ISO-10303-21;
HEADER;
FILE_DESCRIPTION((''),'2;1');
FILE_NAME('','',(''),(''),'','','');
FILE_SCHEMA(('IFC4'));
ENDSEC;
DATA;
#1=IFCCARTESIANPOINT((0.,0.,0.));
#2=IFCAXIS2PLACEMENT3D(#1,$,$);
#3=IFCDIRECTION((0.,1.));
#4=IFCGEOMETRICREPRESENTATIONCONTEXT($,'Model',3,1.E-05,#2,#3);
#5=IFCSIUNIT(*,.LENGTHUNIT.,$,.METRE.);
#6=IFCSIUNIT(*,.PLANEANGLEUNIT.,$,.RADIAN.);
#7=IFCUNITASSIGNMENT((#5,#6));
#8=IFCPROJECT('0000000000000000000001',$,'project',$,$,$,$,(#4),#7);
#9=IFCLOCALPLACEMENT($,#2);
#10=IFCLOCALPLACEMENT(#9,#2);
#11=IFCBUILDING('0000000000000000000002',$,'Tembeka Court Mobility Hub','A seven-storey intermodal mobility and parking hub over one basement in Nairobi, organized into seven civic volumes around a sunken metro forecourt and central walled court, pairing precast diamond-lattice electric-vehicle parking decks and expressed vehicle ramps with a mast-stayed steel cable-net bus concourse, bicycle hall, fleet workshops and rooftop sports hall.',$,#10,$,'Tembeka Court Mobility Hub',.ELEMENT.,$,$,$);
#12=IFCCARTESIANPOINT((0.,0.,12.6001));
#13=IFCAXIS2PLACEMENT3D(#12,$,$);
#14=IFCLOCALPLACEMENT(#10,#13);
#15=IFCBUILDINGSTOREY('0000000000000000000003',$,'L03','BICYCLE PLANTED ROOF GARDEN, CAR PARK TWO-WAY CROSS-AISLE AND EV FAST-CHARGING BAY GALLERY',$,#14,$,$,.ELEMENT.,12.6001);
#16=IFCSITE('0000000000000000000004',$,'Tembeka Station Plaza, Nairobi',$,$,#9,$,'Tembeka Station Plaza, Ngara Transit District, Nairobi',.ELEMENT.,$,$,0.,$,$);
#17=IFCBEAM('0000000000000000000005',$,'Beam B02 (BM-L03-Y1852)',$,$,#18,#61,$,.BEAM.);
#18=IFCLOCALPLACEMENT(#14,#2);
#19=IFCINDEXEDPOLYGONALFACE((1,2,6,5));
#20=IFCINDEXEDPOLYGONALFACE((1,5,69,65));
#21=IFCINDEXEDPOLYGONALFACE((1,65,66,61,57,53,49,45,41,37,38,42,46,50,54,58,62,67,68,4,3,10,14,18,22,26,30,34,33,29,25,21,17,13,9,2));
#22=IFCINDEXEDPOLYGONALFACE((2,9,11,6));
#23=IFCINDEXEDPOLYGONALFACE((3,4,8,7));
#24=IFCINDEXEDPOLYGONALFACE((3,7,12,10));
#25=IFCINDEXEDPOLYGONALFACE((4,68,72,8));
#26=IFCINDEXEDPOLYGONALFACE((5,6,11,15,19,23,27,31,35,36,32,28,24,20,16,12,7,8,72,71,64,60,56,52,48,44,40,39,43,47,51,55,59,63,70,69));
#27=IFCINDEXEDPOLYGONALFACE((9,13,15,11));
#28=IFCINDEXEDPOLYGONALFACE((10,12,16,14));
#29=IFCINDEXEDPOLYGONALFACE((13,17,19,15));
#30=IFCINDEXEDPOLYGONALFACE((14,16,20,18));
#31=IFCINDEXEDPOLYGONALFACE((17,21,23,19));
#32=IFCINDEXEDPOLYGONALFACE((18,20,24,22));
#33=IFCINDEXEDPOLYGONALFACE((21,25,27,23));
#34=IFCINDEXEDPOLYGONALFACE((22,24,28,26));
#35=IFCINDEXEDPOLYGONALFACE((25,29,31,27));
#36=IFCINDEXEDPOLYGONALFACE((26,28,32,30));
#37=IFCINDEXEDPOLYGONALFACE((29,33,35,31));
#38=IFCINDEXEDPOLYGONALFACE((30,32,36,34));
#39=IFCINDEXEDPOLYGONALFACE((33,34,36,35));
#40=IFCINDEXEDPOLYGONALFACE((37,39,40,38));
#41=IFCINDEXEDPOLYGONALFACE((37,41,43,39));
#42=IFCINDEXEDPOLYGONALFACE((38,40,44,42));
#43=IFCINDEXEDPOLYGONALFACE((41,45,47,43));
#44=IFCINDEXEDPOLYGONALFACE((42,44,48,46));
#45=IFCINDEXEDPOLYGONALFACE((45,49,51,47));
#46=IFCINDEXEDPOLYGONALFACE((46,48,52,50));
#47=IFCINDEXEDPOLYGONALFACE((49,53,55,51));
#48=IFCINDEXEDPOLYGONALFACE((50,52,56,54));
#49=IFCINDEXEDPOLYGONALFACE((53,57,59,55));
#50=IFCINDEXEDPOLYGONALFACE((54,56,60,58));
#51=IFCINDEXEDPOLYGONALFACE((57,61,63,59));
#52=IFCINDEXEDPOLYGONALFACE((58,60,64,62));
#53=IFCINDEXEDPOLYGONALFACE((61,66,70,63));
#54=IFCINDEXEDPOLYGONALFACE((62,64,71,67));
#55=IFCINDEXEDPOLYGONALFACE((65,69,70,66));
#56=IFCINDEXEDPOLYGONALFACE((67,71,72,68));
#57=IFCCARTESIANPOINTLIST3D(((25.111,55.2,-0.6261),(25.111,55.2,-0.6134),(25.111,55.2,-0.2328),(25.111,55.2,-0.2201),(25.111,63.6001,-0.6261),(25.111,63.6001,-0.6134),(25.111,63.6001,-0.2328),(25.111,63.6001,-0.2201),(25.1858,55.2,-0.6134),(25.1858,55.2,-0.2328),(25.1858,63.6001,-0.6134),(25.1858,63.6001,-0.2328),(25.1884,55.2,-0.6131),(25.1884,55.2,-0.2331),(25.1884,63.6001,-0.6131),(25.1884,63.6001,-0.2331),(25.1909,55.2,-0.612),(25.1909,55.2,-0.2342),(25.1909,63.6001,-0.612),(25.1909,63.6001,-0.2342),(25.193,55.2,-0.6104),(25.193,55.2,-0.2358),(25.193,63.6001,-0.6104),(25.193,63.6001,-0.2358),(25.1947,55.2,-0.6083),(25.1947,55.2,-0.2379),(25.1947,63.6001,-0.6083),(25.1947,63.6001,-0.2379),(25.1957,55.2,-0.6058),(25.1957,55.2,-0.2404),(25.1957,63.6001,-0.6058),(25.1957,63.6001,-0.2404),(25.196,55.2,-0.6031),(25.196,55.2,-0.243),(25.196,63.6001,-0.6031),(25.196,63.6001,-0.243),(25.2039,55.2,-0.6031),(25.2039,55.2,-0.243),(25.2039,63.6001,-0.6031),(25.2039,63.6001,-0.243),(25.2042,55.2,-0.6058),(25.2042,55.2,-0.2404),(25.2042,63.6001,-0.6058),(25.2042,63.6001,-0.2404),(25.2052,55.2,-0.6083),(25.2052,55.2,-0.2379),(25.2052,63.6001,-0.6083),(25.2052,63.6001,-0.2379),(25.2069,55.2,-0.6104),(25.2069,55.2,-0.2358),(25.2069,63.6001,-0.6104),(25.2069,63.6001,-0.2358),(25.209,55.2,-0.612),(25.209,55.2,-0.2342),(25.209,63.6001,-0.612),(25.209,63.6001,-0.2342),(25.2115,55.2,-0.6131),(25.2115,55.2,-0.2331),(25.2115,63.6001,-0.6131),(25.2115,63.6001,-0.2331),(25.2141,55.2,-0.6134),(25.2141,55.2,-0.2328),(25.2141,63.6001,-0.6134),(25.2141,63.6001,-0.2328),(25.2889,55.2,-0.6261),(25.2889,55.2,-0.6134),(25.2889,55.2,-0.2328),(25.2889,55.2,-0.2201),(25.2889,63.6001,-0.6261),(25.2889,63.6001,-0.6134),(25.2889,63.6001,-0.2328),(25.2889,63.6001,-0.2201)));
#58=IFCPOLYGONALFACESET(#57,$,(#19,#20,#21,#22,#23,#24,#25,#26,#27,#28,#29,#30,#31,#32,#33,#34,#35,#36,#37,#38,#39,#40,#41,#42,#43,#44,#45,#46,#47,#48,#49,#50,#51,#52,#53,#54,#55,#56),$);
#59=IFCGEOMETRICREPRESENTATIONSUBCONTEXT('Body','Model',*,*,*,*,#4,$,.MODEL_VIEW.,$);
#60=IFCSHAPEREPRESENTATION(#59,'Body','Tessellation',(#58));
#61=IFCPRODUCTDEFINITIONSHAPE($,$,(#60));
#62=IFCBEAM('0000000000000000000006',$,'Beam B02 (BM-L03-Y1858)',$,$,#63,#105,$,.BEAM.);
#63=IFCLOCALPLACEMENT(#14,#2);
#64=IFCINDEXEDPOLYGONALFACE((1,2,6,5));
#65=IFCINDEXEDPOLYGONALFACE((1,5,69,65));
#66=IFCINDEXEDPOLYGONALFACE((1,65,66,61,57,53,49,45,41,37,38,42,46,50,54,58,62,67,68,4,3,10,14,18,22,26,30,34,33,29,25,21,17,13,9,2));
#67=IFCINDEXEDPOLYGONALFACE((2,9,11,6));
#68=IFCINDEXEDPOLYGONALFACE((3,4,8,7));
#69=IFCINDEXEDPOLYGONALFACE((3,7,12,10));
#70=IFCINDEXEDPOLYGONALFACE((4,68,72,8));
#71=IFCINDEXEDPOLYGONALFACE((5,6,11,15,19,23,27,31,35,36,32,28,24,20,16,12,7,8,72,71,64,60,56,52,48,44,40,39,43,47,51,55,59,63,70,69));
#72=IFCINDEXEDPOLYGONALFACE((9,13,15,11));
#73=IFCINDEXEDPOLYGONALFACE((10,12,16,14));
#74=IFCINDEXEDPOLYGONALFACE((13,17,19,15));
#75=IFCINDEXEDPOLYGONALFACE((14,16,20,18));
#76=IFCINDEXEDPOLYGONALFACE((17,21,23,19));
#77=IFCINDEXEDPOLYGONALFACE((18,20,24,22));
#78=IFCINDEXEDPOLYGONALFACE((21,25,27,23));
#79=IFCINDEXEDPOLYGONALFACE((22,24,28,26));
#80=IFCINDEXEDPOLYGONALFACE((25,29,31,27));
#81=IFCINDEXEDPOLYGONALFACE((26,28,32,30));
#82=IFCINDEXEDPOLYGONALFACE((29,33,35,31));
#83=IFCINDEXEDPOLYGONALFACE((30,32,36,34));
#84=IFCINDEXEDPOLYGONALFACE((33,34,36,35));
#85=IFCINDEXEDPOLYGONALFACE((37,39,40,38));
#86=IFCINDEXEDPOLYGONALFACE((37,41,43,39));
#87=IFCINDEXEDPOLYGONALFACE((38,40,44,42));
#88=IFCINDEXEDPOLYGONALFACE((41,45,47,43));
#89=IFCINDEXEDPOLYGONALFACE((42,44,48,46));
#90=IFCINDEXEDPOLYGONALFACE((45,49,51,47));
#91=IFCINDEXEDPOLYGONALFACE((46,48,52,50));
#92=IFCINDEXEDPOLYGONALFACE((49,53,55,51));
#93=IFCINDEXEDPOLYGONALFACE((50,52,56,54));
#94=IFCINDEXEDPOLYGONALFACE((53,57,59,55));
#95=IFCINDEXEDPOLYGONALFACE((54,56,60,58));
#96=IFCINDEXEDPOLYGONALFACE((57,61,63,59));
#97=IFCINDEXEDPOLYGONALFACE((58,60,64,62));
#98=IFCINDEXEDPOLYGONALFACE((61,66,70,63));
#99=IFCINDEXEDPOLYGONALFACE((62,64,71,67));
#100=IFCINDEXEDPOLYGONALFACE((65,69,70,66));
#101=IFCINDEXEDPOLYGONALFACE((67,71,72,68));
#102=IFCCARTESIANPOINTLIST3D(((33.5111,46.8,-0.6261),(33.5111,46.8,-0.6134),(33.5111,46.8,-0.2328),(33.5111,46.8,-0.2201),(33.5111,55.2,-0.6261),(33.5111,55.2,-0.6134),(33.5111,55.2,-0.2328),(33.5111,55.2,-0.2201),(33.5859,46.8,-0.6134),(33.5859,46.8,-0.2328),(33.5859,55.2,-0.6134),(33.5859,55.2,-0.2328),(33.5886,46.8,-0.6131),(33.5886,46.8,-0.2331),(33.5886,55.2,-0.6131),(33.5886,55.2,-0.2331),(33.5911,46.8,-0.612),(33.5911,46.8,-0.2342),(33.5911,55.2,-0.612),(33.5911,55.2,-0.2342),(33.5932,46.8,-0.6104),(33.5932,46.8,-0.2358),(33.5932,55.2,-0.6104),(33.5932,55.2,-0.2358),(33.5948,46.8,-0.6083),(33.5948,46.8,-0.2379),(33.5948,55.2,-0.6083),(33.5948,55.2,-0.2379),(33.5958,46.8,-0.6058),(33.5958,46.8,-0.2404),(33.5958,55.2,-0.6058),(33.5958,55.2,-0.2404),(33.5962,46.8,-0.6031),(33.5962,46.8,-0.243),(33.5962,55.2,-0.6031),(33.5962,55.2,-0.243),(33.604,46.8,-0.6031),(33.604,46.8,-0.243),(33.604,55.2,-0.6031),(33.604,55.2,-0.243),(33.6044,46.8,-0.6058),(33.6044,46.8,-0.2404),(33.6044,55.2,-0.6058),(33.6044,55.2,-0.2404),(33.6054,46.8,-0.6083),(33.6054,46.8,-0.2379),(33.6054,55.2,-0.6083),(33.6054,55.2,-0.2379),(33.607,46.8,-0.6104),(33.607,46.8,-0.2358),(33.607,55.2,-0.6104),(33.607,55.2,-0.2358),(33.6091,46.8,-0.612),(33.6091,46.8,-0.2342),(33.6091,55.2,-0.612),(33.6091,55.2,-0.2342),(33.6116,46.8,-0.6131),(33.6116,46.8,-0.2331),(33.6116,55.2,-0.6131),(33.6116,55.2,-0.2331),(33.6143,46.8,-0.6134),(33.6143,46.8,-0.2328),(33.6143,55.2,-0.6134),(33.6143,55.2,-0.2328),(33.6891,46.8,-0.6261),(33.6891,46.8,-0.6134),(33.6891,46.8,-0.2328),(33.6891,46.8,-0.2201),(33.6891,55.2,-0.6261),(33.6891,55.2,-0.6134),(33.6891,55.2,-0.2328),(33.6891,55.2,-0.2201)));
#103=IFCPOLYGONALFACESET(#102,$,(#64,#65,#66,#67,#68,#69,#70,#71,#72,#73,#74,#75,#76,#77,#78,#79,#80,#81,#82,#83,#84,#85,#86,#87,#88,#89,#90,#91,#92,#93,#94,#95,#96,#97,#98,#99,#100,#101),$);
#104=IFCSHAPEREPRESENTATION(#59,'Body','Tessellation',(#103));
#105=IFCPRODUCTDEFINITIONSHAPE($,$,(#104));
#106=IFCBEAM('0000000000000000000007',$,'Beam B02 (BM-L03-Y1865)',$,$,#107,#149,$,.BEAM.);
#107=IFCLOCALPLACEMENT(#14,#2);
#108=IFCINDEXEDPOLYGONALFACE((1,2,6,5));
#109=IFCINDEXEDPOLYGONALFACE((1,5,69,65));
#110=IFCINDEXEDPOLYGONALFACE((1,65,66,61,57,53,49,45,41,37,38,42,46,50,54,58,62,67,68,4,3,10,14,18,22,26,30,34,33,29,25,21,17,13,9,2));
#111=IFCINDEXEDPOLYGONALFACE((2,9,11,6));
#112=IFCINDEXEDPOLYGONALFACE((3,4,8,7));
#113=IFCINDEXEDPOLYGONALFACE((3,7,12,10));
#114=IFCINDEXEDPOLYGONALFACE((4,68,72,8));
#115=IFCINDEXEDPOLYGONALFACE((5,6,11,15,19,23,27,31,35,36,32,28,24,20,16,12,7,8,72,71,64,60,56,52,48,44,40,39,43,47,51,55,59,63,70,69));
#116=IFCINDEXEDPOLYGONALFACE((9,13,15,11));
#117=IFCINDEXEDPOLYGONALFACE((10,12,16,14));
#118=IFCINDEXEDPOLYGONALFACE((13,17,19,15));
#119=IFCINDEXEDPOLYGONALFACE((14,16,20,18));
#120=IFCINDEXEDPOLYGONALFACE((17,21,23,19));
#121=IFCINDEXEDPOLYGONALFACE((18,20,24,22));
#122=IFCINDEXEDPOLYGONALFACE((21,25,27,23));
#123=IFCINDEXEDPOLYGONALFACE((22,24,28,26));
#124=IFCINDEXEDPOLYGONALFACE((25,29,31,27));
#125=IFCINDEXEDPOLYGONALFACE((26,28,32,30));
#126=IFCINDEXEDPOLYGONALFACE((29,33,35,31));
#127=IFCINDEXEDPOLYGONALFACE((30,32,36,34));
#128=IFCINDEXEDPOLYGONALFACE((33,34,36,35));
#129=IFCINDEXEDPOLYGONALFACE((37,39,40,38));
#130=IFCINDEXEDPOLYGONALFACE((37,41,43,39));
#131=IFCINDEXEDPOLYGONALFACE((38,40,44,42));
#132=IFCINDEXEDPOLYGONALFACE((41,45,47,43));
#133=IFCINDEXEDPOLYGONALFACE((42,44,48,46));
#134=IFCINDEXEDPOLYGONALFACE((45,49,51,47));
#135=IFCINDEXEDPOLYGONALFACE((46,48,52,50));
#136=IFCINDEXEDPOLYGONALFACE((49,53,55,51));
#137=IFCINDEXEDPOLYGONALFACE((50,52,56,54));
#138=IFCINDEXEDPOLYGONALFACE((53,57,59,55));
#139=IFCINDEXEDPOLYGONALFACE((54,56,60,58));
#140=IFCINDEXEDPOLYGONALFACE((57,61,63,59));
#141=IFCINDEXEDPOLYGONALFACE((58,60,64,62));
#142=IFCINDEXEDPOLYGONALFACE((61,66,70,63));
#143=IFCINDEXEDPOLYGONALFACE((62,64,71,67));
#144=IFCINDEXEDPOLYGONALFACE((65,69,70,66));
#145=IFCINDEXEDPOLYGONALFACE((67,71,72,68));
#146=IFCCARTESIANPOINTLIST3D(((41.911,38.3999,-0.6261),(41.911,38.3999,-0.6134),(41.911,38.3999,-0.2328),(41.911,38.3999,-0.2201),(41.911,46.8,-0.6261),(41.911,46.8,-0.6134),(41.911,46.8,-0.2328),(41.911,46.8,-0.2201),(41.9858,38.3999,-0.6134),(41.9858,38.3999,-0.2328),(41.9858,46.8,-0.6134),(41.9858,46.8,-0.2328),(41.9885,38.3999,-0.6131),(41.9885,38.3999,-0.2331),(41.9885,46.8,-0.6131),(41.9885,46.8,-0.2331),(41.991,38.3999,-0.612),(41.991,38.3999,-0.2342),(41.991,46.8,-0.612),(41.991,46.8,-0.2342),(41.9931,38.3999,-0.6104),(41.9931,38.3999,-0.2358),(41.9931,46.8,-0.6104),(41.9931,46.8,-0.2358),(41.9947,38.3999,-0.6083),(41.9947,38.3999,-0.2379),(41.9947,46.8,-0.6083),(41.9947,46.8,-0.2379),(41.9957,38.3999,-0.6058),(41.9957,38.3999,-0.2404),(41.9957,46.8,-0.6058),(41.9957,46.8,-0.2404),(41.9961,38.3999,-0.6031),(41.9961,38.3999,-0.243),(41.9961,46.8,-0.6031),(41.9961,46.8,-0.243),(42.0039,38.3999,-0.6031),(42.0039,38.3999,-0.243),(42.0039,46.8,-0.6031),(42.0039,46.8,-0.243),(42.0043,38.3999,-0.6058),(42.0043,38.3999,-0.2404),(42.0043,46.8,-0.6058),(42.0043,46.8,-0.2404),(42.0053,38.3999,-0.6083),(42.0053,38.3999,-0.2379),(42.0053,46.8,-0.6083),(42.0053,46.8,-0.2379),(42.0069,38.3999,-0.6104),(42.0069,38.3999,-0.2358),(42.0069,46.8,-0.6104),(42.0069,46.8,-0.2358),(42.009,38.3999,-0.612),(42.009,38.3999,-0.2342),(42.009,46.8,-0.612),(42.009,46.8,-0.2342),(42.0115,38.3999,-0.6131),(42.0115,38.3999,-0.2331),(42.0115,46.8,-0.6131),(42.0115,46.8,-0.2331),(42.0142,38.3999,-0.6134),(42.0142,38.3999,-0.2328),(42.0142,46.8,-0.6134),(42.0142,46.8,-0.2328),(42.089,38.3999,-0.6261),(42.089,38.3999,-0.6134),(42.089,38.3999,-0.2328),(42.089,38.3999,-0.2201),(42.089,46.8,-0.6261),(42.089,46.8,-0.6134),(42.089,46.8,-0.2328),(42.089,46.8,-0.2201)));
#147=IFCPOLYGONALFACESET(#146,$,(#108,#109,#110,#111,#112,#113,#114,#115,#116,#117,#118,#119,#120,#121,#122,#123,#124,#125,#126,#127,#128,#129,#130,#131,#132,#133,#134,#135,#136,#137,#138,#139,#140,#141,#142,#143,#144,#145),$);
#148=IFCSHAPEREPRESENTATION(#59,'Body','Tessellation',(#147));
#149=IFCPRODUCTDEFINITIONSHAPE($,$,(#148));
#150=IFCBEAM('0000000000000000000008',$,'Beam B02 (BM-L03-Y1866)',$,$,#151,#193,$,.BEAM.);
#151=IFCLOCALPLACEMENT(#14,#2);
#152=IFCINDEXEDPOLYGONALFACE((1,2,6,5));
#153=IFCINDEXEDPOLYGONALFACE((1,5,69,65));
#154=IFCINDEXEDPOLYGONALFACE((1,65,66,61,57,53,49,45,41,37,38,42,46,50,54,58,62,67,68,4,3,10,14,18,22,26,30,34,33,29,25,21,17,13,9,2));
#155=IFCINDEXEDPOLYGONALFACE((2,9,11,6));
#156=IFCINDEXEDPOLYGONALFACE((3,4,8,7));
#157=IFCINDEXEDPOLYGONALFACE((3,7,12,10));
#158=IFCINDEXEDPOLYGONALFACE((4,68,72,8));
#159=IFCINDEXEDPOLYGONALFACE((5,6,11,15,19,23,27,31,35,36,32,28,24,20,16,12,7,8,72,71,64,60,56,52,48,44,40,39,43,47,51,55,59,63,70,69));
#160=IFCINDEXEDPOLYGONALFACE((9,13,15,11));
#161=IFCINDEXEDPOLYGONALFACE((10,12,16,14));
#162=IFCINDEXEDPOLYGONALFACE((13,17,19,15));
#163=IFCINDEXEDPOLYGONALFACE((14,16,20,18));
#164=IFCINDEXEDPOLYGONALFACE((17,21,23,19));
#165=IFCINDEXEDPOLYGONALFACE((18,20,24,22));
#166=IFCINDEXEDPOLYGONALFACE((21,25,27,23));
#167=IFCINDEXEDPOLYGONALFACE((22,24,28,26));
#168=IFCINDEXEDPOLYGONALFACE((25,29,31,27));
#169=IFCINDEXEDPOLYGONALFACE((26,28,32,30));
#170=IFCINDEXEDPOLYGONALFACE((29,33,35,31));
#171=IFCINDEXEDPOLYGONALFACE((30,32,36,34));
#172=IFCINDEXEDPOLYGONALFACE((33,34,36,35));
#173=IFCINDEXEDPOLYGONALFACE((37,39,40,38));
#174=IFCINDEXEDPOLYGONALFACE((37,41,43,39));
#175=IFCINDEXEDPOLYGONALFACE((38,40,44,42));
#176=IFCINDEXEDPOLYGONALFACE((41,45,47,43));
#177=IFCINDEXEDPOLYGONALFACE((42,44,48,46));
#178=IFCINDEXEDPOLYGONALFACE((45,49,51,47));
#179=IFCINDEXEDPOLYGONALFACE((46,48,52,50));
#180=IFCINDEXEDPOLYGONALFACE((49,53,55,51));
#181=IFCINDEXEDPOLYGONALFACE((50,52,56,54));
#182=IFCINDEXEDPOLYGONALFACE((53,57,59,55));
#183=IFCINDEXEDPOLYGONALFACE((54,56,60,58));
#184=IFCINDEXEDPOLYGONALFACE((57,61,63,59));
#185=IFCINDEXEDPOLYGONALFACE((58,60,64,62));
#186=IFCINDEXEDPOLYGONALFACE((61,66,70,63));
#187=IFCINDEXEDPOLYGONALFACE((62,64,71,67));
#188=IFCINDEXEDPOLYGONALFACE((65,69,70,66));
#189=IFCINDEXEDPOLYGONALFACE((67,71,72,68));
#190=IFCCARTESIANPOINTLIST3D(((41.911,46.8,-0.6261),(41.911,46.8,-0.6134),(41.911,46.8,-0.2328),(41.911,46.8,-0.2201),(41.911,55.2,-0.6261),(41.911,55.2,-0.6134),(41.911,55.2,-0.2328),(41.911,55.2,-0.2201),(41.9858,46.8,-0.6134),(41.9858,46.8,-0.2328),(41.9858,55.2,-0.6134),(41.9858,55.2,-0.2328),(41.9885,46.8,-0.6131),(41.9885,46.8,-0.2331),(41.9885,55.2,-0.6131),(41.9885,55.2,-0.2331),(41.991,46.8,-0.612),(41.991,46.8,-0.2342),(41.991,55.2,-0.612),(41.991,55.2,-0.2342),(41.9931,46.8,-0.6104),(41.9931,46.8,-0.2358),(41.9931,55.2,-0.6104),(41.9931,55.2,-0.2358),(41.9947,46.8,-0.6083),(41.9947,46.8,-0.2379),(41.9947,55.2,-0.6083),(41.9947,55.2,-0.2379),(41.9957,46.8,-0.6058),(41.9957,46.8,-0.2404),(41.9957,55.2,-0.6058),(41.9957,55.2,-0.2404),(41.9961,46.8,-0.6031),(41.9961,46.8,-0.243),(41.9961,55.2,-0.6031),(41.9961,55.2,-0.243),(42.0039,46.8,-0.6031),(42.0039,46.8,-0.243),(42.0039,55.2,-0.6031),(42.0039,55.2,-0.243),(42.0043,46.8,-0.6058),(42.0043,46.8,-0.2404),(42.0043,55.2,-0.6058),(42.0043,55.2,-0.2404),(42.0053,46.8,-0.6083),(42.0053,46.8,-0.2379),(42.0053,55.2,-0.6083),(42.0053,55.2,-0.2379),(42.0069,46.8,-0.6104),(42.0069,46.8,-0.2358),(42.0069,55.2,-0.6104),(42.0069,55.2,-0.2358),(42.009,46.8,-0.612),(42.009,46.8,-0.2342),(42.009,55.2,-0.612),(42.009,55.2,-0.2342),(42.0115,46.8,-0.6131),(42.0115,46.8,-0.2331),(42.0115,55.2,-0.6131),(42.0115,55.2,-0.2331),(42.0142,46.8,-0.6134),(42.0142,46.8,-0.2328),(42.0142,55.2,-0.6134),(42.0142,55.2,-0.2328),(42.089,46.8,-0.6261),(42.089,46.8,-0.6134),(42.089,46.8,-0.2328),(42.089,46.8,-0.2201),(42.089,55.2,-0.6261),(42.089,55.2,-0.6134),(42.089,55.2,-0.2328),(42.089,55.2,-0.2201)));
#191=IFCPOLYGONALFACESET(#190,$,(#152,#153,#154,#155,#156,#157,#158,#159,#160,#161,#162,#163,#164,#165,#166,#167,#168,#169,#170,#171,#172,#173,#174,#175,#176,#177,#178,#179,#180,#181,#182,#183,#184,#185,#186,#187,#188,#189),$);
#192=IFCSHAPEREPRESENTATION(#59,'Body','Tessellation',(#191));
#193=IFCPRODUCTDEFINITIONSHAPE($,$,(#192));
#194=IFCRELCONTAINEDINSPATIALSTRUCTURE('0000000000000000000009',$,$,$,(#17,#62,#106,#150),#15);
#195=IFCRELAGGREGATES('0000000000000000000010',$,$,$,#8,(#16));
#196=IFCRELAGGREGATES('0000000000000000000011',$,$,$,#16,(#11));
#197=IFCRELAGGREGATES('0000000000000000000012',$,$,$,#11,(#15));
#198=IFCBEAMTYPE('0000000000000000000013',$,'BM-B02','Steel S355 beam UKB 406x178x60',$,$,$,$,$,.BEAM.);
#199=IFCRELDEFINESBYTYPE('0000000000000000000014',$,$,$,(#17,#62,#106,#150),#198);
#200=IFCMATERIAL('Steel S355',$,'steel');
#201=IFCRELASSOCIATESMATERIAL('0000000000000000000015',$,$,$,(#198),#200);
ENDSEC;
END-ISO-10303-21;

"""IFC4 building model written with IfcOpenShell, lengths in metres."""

from ifc_helpers import new_model, si_unit, direction, frame, origin, origin_2d, place, context, subcontext, project, spatial, i_section, extrude, material, material_profile, profile_set, type_object, element, save


model = new_model("IFC4")

# Units and contexts
model_context = context("Model", 3, precision=1e-05, world=origin(), true_north=direction((0.0, 1.0)))
body_context = subcontext(model_context, "Body", "Model", "MODEL_VIEW")
ifc_project = project(units=[si_unit("LENGTHUNIT", "METRE"), si_unit("PLANEANGLEUNIT", "RADIAN")], contexts=[model_context])

# Site, building, storey
site_placement = place(None, origin())
site = spatial("IfcSite", under=ifc_project, at=site_placement, Name="Tembeka Station Plaza, Nairobi", LongName="Tembeka Station Plaza, Ngara Transit District, Nairobi", CompositionType="ELEMENT", RefElevation=0.0)
building_placement = place(site_placement, origin())
building = spatial("IfcBuilding", under=site, at=building_placement, Name="Tembeka Court Mobility Hub", Description="A seven-storey intermodal mobility and parking hub over one basement in Nairobi, organized into seven civic volumes around a sunken metro forecourt and central walled court, pairing precast diamond-lattice electric-vehicle parking decks and expressed vehicle ramps with a mast-stayed steel cable-net bus concourse, bicycle hall, fleet workshops and rooftop sports hall.", LongName="Tembeka Court Mobility Hub", CompositionType="ELEMENT")
storey_placement = place(building_placement, frame((0.0, 0.0, 12.6001)))
storey = spatial("IfcBuildingStorey", under=building, at=storey_placement, Name="L03", Description="BICYCLE PLANTED ROOF GARDEN, CAR PARK TWO-WAY CROSS-AISLE AND EV FAST-CHARGING BAY GALLERY", CompositionType="ELEMENT", Elevation=12.6001)

# Shared definitions
ifc_material_1 = material(Name="Steel S355", Category="steel")

# Beams
ifc_material_profile_1 = material_profile(ifc_material_1, i_section(OverallWidth=0.178, OverallDepth=0.406, WebThickness=0.0078, FlangeThickness=0.0127, FilletRadius=0.0103, at=origin_2d()), Name="UKB 406x178x60")
ifc_profile_set_1 = profile_set([ifc_material_profile_1], Name="Steel S355")
beam_type_1 = type_object("IfcBeamType", Name="BM-B02", Description="Steel S355 beam UKB 406x178x60", PredefinedType="BEAM", material=ifc_profile_set_1)
beam_1_placement = place(storey_placement, frame((25.2, 55.2, -0.4231), z_axis=(0.0, 1.0, 0.0), x_axis=(-1.0, 0.0, 0.0)))
element("IfcBeam", 1, at=beam_1_placement, inside=storey, type_object=beam_type_1, Name="Beam B02 (BM-L03-Y1852)", PredefinedType="BEAM", context=body_context, shape_type="SweptSolid", body=[
    extrude(i_section(OverallWidth=0.178, OverallDepth=0.406, WebThickness=0.0078, FlangeThickness=0.0127, FilletRadius=0.0103, at=origin_2d()), origin(), (0.0, 0.0, 1.0), 8.4001),
])
beam_2_placement = place(storey_placement, frame((33.6001, 46.8, -0.4231), z_axis=(0.0, 1.0, 0.0), x_axis=(-1.0, 0.0, 0.0)))
element("IfcBeam", 2, at=beam_2_placement, inside=storey, type_object=beam_type_1, Name="Beam B02 (BM-L03-Y1858)", PredefinedType="BEAM", context=body_context, shape_type="SweptSolid", body=[
    extrude(i_section(OverallWidth=0.178, OverallDepth=0.406, WebThickness=0.0078, FlangeThickness=0.0127, FilletRadius=0.0103, at=origin_2d()), origin(), (0.0, 0.0, 1.0), 8.3999),
])
beam_3_placement = place(storey_placement, frame((42.0, 38.3999, -0.4231), z_axis=(0.0, 1.0, 0.0), x_axis=(-1.0, 0.0, 0.0)))
element("IfcBeam", 3, at=beam_3_placement, inside=storey, type_object=beam_type_1, Name="Beam B02 (BM-L03-Y1865)", PredefinedType="BEAM", context=body_context, shape_type="SweptSolid", body=[
    extrude(i_section(OverallWidth=0.178, OverallDepth=0.406, WebThickness=0.0078, FlangeThickness=0.0127, FilletRadius=0.0103, at=origin_2d()), origin(), (0.0, 0.0, 1.0), 8.4001),
])
beam_4_placement = place(storey_placement, frame((42.0, 46.8, -0.4231), z_axis=(0.0, 1.0, 0.0), x_axis=(-1.0, 0.0, 0.0)))
element("IfcBeam", 4, at=beam_4_placement, inside=storey, type_object=beam_type_1, Name="Beam B02 (BM-L03-Y1866)", PredefinedType="BEAM", context=body_context, shape_type="SweptSolid", body=[
    extrude(i_section(OverallWidth=0.178, OverallDepth=0.406, WebThickness=0.0078, FlangeThickness=0.0127, FilletRadius=0.0103, at=origin_2d()), origin(), (0.0, 0.0, 1.0), 8.3999),
])

save(model, "model.ifc")
